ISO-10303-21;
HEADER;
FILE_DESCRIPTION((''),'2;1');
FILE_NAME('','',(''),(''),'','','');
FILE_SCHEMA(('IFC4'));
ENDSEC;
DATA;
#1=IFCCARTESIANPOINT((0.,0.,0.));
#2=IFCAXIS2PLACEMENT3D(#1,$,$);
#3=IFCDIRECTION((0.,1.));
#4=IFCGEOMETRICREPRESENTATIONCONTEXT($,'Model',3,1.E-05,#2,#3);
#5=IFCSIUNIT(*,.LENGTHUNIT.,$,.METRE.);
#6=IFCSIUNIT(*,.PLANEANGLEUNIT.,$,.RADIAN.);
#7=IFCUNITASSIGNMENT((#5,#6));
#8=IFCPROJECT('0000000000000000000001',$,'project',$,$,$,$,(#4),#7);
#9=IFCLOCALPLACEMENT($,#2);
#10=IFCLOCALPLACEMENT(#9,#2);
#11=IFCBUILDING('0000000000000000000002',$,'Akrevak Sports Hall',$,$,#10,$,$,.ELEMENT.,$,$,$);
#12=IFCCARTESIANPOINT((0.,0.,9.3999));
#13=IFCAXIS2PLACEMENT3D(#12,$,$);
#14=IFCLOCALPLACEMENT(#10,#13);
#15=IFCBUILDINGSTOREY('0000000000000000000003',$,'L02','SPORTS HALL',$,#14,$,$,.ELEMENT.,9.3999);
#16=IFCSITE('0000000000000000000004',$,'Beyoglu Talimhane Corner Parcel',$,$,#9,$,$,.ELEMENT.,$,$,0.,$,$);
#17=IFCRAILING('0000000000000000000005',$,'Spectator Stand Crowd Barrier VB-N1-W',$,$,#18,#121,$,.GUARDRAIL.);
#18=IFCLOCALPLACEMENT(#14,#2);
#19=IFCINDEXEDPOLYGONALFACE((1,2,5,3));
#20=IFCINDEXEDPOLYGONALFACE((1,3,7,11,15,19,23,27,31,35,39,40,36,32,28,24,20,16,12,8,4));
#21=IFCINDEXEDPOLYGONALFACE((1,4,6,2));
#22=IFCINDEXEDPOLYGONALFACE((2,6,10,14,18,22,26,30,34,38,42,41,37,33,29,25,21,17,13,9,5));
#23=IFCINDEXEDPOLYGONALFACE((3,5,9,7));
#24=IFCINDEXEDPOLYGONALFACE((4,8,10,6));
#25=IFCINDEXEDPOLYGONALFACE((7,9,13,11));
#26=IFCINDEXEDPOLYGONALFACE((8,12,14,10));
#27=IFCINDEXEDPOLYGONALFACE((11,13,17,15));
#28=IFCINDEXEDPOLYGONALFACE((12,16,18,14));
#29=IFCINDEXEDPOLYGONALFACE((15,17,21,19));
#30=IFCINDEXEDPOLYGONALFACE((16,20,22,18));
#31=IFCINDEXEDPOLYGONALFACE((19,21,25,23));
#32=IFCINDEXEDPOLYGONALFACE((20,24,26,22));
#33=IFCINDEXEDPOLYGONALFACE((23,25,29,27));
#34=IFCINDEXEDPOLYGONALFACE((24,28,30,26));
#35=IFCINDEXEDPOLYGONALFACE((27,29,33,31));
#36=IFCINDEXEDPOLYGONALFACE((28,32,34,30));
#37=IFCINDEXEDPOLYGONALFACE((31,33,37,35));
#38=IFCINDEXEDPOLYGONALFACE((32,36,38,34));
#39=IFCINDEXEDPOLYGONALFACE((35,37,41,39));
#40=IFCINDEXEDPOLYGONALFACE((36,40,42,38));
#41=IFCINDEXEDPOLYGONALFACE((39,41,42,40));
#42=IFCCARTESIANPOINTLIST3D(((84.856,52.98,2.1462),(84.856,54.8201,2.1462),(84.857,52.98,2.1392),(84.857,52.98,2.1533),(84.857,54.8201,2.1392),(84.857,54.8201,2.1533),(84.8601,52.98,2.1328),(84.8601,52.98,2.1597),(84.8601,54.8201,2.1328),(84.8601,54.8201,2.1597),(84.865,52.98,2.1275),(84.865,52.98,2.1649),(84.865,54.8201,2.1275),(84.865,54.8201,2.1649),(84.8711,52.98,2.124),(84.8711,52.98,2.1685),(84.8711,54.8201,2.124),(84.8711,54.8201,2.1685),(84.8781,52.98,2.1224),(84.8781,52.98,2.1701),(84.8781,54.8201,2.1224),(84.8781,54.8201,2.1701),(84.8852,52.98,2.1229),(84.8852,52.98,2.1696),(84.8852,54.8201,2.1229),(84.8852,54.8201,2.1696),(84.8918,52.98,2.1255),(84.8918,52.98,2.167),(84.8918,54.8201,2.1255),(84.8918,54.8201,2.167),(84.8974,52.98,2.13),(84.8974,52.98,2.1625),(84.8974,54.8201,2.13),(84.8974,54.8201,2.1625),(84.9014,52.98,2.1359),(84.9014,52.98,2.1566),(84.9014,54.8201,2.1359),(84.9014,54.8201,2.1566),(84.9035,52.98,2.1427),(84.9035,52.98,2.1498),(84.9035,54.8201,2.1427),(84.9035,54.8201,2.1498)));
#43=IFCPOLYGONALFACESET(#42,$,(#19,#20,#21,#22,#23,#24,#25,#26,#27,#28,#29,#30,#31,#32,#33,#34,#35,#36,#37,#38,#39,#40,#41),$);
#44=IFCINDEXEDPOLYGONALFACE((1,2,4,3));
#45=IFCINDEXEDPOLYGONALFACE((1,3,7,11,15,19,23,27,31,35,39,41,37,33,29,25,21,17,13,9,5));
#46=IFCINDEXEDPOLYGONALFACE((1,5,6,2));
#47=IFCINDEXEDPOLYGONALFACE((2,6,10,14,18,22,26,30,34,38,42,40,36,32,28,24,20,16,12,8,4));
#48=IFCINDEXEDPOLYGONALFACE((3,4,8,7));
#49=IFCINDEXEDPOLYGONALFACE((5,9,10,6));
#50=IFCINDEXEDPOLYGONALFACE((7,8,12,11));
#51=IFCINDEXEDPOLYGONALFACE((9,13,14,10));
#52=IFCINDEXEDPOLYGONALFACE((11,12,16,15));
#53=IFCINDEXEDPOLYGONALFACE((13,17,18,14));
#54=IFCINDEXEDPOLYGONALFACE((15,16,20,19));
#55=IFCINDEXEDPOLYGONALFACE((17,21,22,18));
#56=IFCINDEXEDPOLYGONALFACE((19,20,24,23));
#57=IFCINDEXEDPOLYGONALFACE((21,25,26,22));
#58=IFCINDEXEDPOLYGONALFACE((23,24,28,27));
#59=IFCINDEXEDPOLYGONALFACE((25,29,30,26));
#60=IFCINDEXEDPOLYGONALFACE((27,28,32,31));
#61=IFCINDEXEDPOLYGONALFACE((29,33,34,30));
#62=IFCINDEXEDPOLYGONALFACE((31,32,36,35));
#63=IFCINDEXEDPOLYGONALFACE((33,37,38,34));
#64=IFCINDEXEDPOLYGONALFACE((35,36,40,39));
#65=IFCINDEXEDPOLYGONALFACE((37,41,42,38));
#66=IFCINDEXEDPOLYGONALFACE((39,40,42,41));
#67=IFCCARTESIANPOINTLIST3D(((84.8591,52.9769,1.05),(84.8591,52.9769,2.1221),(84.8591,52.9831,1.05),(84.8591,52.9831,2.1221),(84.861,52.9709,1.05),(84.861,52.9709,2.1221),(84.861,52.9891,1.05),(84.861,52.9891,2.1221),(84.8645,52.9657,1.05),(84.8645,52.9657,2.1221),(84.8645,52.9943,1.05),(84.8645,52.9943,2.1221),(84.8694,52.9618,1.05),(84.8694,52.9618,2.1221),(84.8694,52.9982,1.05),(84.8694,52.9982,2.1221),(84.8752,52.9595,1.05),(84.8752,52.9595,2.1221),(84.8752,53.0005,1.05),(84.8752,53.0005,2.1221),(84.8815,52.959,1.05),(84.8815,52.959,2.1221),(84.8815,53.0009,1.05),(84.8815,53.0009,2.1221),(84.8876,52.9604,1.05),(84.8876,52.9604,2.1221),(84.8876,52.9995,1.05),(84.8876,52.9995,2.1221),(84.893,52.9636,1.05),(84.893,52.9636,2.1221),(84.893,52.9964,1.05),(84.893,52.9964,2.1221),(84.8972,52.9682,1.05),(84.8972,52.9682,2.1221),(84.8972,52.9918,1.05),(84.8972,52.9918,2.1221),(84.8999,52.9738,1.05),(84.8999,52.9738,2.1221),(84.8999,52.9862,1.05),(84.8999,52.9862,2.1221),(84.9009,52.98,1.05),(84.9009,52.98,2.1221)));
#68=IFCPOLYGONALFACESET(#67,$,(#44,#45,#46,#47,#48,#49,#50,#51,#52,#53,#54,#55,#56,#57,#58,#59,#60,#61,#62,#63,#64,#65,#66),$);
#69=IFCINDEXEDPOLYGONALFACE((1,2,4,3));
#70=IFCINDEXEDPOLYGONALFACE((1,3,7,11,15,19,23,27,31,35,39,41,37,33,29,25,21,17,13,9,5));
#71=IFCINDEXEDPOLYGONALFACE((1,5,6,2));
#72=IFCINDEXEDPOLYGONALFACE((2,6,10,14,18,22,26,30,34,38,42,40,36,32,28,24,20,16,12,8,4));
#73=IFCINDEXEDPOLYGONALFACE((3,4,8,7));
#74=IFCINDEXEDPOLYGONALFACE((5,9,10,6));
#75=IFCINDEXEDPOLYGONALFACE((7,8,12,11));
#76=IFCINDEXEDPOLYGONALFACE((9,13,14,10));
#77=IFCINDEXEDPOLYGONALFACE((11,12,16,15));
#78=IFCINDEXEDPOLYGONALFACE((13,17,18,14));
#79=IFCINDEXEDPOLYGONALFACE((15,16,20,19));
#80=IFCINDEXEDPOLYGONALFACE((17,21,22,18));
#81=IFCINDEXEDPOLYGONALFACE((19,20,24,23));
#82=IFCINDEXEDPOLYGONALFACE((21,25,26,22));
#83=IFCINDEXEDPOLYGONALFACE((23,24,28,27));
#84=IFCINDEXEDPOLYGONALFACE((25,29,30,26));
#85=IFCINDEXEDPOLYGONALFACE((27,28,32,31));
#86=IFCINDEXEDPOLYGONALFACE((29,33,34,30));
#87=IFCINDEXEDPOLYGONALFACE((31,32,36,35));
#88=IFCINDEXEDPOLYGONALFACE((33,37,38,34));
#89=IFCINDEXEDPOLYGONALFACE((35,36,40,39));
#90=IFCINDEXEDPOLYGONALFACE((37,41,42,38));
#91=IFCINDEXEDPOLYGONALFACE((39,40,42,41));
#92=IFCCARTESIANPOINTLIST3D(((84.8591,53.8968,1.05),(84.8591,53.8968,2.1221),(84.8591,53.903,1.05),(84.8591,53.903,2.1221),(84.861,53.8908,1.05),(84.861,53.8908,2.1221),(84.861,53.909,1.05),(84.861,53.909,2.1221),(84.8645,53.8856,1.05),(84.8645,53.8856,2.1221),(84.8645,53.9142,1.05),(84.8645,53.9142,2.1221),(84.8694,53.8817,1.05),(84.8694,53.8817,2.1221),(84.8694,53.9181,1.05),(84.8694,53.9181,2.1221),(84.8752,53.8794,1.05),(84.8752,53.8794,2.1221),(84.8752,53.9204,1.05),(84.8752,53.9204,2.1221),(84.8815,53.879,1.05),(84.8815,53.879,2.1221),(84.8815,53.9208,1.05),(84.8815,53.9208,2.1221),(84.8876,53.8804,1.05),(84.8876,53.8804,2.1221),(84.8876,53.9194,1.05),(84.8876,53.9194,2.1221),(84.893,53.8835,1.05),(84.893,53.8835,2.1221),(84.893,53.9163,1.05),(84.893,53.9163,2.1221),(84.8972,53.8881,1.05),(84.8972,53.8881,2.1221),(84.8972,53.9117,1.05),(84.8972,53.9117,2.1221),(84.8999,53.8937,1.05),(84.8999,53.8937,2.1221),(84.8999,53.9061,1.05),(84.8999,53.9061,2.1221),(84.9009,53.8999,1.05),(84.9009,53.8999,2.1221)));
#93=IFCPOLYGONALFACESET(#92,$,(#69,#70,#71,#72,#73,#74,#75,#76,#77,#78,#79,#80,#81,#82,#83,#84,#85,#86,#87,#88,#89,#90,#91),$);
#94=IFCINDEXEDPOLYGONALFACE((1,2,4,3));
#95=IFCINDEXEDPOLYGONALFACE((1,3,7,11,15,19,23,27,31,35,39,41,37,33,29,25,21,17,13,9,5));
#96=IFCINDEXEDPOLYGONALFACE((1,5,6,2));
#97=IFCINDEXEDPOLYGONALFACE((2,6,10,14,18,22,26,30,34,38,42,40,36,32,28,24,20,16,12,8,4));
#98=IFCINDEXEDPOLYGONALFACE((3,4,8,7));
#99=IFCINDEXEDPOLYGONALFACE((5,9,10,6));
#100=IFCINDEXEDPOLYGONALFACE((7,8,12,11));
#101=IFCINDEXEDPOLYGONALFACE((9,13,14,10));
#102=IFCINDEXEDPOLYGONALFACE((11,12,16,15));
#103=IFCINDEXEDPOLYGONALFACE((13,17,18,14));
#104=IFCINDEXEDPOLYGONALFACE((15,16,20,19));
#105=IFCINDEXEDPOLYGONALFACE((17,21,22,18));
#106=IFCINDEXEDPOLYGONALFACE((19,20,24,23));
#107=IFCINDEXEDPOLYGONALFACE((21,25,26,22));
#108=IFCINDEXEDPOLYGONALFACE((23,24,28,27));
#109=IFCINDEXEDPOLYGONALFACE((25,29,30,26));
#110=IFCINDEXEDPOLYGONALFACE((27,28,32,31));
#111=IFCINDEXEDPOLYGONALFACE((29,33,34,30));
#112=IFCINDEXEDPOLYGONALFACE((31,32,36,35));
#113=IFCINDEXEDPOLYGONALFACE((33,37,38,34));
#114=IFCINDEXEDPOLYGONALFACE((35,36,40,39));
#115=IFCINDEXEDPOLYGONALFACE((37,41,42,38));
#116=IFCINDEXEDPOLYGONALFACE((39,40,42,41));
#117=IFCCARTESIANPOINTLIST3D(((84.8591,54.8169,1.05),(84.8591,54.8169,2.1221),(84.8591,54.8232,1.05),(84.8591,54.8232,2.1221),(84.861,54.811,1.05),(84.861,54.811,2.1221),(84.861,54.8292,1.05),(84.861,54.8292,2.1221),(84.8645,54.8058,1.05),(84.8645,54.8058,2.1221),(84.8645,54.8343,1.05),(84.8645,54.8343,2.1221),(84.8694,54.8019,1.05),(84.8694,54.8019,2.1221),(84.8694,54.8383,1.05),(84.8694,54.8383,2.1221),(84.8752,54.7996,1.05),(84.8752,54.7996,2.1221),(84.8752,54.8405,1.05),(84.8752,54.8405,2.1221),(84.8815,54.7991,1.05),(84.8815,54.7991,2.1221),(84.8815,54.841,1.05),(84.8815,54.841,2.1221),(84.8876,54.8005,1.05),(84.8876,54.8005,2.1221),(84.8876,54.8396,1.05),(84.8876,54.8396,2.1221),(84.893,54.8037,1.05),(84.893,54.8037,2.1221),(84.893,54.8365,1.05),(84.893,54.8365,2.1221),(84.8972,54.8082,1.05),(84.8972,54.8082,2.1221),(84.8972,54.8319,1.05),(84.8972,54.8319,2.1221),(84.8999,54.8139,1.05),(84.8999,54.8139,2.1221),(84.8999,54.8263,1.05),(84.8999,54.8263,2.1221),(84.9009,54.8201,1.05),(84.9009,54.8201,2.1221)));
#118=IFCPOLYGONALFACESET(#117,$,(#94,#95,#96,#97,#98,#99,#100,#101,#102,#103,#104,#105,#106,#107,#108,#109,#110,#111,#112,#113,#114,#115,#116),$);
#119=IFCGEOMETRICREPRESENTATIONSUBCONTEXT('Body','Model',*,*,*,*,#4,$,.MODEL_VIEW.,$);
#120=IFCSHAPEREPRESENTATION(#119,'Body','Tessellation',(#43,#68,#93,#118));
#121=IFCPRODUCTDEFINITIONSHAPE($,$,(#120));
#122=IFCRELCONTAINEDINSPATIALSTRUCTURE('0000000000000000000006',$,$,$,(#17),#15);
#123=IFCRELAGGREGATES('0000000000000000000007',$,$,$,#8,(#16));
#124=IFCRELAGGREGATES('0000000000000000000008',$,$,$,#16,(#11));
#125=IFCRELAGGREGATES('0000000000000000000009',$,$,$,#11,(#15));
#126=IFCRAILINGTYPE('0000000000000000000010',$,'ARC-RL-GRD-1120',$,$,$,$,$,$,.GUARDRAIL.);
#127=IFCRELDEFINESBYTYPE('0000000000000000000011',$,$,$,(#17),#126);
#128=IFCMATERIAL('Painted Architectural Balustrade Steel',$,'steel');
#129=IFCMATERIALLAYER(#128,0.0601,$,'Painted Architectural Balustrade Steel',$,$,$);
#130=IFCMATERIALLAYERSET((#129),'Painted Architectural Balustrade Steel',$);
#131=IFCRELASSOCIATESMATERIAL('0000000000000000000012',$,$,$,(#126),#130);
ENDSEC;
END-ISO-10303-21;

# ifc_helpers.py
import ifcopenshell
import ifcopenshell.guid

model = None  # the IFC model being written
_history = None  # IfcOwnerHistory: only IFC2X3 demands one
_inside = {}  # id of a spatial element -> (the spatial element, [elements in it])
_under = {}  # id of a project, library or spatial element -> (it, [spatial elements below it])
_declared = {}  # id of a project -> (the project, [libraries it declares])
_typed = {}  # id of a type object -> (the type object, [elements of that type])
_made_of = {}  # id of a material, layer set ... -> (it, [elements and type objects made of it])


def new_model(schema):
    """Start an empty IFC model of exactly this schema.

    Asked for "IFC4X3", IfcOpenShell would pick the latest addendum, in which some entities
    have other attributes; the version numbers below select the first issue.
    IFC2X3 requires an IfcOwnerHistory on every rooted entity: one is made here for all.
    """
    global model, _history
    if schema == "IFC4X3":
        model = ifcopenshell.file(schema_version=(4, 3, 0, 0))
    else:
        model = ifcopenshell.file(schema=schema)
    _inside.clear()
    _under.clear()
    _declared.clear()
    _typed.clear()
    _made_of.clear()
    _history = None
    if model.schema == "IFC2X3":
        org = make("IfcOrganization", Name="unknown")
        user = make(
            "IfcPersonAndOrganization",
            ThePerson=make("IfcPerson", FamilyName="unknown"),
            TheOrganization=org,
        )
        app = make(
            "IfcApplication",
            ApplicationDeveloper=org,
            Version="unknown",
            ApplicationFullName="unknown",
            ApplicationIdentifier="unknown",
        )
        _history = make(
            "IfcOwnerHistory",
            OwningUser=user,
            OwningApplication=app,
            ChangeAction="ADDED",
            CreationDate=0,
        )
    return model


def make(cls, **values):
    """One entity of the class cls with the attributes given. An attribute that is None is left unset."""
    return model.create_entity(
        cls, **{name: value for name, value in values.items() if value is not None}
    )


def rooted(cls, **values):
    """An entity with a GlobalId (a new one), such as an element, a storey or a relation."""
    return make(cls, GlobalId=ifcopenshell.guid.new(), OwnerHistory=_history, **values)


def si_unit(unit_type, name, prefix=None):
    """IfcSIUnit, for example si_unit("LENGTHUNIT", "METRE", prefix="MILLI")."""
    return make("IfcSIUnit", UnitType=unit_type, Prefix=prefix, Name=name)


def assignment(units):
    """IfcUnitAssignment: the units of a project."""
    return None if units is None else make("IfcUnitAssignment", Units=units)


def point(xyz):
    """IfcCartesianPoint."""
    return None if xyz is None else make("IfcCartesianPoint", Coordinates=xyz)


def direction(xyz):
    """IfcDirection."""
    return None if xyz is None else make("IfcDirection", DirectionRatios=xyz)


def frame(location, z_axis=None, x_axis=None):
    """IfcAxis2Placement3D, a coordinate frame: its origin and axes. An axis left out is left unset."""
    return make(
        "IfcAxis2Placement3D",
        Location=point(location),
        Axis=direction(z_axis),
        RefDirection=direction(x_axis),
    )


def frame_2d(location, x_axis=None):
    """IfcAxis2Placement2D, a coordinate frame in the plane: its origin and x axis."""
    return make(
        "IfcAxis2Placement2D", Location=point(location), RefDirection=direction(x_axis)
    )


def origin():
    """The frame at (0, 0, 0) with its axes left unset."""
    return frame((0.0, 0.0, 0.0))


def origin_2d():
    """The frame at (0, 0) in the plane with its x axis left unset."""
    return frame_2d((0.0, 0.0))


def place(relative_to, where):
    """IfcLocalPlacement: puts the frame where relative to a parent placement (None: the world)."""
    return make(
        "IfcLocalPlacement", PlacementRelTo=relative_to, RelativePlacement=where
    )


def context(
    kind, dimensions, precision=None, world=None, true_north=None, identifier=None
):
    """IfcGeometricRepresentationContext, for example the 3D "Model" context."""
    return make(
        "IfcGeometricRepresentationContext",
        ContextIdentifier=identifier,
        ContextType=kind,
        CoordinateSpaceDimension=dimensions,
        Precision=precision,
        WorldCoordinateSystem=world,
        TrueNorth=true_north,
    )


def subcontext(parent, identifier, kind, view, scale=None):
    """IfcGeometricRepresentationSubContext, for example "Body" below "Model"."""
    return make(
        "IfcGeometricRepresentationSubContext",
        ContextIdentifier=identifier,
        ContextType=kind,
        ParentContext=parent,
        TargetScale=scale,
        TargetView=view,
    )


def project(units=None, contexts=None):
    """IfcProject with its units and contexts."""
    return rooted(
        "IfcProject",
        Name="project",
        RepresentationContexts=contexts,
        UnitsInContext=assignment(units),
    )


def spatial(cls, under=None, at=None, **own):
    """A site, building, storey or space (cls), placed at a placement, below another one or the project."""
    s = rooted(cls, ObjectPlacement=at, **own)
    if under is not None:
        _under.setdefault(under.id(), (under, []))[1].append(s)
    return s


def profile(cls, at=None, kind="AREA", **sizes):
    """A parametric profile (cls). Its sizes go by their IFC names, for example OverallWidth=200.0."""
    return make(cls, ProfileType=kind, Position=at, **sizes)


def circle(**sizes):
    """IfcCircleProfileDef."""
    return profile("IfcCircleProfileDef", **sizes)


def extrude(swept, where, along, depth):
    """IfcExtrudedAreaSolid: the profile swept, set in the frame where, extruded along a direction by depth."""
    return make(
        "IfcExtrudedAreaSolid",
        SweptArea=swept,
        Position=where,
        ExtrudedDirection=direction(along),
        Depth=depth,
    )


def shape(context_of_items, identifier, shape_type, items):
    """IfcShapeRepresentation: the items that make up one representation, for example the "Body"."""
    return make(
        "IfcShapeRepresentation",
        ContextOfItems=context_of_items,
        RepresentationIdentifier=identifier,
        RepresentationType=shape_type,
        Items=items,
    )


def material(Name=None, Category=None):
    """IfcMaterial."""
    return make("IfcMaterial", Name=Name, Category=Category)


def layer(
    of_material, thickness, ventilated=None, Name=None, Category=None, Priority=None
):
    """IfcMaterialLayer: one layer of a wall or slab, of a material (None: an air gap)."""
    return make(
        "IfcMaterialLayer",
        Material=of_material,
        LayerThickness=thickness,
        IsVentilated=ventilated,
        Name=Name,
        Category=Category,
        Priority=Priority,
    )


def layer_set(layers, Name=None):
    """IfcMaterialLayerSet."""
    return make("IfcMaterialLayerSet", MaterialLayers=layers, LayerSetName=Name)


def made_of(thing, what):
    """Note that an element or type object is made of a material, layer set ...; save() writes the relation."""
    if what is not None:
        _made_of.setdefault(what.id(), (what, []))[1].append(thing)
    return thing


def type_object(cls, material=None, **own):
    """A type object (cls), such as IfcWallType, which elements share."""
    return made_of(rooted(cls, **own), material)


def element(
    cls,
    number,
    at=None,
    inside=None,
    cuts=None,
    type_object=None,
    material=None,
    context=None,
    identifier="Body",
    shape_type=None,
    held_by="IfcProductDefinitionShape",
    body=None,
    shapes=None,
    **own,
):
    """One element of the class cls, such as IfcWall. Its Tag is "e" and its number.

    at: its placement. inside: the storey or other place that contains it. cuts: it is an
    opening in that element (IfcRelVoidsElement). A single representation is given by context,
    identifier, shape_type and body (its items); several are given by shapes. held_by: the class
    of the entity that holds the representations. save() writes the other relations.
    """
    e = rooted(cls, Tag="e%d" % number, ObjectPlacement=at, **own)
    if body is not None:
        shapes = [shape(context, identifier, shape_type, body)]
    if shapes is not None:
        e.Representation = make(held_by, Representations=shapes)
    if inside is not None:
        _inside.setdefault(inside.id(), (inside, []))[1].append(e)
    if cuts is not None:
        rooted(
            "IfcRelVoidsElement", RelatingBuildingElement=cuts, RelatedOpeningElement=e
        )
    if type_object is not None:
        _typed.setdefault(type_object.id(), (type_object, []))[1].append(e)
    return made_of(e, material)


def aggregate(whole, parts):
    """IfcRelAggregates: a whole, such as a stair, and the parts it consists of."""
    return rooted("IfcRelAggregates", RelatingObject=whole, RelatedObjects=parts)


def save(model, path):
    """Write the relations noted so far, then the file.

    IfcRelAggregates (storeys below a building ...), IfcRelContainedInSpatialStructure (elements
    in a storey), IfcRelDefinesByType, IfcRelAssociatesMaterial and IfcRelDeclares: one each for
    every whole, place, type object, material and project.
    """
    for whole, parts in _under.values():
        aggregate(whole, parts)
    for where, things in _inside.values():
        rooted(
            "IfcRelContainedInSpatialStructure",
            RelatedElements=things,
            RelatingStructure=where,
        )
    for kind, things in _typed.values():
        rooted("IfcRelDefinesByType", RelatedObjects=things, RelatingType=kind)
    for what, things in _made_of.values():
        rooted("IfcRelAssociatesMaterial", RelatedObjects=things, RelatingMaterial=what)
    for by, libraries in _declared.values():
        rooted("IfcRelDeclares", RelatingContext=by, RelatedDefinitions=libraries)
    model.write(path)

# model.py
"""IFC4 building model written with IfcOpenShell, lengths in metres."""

from ifc_helpers import new_model, si_unit, direction, frame, origin, origin_2d, place, context, subcontext, project, spatial, circle, extrude, material, layer, layer_set, type_object, element, save


model = new_model("IFC4")

# Units and contexts
model_context = context("Model", 3, precision=1e-05, world=origin(), true_north=direction((0.0, 1.0)))
body_context = subcontext(model_context, "Body", "Model", "MODEL_VIEW")
ifc_project = project(units=[si_unit("LENGTHUNIT", "METRE"), si_unit("PLANEANGLEUNIT", "RADIAN")], contexts=[model_context])

# Site, building, storey
site_placement = place(None, origin())
site = spatial("IfcSite", under=ifc_project, at=site_placement, Name="Beyoglu Talimhane Corner Parcel", CompositionType="ELEMENT", RefElevation=0.0)
building_placement = place(site_placement, origin())
building = spatial("IfcBuilding", under=site, at=building_placement, Name="Akrevak Sports Hall", CompositionType="ELEMENT")
storey_placement = place(building_placement, frame((0.0, 0.0, 9.3999)))
storey = spatial("IfcBuildingStorey", under=building, at=storey_placement, Name="L02", Description="SPORTS HALL", CompositionType="ELEMENT", Elevation=9.3999)

# Railing
ifc_material_1 = material(Name="Painted Architectural Balustrade Steel", Category="steel")
ifc_layer_1 = layer(ifc_material_1, 0.0601, Name="Painted Architectural Balustrade Steel")
ifc_layer_set_1 = layer_set([ifc_layer_1], Name="Painted Architectural Balustrade Steel")
railing_type_1 = type_object("IfcRailingType", Name="ARC-RL-GRD-1120", PredefinedType="GUARDRAIL", material=ifc_layer_set_1)
for number, where, name in (
    (1, (84.8799, 52.98, 1.05), "Spectator Stand Crowd Barrier VB-N1-W"),
):
    element("IfcRailing", number, at=place(storey_placement, frame(where)), inside=storey, type_object=railing_type_1, Name=name, PredefinedType="GUARDRAIL", context=body_context, shape_type="SweptSolid", body=[
        extrude(circle(Radius=0.0239, at=origin_2d()), frame((0.0, 0.0, 1.0962), z_axis=(0.0, 1.0, 0.0), x_axis=(-1.0, 0.0, 0.0)), (0.0, 0.0, 1.0), 1.8401),
        extrude(circle(Radius=0.021, at=origin_2d()), origin(), (0.0, 0.0, 1.0), 1.072),
        extrude(circle(Radius=0.021, at=origin_2d()), frame((0.0, 0.9199, 0.0)), (0.0, 0.0, 1.0), 1.072),
        extrude(circle(Radius=0.021, at=origin_2d()), frame((0.0, 1.8401, 0.0)), (0.0, 0.0, 1.0), 1.072),
    ])

save(model, "model.ifc")
